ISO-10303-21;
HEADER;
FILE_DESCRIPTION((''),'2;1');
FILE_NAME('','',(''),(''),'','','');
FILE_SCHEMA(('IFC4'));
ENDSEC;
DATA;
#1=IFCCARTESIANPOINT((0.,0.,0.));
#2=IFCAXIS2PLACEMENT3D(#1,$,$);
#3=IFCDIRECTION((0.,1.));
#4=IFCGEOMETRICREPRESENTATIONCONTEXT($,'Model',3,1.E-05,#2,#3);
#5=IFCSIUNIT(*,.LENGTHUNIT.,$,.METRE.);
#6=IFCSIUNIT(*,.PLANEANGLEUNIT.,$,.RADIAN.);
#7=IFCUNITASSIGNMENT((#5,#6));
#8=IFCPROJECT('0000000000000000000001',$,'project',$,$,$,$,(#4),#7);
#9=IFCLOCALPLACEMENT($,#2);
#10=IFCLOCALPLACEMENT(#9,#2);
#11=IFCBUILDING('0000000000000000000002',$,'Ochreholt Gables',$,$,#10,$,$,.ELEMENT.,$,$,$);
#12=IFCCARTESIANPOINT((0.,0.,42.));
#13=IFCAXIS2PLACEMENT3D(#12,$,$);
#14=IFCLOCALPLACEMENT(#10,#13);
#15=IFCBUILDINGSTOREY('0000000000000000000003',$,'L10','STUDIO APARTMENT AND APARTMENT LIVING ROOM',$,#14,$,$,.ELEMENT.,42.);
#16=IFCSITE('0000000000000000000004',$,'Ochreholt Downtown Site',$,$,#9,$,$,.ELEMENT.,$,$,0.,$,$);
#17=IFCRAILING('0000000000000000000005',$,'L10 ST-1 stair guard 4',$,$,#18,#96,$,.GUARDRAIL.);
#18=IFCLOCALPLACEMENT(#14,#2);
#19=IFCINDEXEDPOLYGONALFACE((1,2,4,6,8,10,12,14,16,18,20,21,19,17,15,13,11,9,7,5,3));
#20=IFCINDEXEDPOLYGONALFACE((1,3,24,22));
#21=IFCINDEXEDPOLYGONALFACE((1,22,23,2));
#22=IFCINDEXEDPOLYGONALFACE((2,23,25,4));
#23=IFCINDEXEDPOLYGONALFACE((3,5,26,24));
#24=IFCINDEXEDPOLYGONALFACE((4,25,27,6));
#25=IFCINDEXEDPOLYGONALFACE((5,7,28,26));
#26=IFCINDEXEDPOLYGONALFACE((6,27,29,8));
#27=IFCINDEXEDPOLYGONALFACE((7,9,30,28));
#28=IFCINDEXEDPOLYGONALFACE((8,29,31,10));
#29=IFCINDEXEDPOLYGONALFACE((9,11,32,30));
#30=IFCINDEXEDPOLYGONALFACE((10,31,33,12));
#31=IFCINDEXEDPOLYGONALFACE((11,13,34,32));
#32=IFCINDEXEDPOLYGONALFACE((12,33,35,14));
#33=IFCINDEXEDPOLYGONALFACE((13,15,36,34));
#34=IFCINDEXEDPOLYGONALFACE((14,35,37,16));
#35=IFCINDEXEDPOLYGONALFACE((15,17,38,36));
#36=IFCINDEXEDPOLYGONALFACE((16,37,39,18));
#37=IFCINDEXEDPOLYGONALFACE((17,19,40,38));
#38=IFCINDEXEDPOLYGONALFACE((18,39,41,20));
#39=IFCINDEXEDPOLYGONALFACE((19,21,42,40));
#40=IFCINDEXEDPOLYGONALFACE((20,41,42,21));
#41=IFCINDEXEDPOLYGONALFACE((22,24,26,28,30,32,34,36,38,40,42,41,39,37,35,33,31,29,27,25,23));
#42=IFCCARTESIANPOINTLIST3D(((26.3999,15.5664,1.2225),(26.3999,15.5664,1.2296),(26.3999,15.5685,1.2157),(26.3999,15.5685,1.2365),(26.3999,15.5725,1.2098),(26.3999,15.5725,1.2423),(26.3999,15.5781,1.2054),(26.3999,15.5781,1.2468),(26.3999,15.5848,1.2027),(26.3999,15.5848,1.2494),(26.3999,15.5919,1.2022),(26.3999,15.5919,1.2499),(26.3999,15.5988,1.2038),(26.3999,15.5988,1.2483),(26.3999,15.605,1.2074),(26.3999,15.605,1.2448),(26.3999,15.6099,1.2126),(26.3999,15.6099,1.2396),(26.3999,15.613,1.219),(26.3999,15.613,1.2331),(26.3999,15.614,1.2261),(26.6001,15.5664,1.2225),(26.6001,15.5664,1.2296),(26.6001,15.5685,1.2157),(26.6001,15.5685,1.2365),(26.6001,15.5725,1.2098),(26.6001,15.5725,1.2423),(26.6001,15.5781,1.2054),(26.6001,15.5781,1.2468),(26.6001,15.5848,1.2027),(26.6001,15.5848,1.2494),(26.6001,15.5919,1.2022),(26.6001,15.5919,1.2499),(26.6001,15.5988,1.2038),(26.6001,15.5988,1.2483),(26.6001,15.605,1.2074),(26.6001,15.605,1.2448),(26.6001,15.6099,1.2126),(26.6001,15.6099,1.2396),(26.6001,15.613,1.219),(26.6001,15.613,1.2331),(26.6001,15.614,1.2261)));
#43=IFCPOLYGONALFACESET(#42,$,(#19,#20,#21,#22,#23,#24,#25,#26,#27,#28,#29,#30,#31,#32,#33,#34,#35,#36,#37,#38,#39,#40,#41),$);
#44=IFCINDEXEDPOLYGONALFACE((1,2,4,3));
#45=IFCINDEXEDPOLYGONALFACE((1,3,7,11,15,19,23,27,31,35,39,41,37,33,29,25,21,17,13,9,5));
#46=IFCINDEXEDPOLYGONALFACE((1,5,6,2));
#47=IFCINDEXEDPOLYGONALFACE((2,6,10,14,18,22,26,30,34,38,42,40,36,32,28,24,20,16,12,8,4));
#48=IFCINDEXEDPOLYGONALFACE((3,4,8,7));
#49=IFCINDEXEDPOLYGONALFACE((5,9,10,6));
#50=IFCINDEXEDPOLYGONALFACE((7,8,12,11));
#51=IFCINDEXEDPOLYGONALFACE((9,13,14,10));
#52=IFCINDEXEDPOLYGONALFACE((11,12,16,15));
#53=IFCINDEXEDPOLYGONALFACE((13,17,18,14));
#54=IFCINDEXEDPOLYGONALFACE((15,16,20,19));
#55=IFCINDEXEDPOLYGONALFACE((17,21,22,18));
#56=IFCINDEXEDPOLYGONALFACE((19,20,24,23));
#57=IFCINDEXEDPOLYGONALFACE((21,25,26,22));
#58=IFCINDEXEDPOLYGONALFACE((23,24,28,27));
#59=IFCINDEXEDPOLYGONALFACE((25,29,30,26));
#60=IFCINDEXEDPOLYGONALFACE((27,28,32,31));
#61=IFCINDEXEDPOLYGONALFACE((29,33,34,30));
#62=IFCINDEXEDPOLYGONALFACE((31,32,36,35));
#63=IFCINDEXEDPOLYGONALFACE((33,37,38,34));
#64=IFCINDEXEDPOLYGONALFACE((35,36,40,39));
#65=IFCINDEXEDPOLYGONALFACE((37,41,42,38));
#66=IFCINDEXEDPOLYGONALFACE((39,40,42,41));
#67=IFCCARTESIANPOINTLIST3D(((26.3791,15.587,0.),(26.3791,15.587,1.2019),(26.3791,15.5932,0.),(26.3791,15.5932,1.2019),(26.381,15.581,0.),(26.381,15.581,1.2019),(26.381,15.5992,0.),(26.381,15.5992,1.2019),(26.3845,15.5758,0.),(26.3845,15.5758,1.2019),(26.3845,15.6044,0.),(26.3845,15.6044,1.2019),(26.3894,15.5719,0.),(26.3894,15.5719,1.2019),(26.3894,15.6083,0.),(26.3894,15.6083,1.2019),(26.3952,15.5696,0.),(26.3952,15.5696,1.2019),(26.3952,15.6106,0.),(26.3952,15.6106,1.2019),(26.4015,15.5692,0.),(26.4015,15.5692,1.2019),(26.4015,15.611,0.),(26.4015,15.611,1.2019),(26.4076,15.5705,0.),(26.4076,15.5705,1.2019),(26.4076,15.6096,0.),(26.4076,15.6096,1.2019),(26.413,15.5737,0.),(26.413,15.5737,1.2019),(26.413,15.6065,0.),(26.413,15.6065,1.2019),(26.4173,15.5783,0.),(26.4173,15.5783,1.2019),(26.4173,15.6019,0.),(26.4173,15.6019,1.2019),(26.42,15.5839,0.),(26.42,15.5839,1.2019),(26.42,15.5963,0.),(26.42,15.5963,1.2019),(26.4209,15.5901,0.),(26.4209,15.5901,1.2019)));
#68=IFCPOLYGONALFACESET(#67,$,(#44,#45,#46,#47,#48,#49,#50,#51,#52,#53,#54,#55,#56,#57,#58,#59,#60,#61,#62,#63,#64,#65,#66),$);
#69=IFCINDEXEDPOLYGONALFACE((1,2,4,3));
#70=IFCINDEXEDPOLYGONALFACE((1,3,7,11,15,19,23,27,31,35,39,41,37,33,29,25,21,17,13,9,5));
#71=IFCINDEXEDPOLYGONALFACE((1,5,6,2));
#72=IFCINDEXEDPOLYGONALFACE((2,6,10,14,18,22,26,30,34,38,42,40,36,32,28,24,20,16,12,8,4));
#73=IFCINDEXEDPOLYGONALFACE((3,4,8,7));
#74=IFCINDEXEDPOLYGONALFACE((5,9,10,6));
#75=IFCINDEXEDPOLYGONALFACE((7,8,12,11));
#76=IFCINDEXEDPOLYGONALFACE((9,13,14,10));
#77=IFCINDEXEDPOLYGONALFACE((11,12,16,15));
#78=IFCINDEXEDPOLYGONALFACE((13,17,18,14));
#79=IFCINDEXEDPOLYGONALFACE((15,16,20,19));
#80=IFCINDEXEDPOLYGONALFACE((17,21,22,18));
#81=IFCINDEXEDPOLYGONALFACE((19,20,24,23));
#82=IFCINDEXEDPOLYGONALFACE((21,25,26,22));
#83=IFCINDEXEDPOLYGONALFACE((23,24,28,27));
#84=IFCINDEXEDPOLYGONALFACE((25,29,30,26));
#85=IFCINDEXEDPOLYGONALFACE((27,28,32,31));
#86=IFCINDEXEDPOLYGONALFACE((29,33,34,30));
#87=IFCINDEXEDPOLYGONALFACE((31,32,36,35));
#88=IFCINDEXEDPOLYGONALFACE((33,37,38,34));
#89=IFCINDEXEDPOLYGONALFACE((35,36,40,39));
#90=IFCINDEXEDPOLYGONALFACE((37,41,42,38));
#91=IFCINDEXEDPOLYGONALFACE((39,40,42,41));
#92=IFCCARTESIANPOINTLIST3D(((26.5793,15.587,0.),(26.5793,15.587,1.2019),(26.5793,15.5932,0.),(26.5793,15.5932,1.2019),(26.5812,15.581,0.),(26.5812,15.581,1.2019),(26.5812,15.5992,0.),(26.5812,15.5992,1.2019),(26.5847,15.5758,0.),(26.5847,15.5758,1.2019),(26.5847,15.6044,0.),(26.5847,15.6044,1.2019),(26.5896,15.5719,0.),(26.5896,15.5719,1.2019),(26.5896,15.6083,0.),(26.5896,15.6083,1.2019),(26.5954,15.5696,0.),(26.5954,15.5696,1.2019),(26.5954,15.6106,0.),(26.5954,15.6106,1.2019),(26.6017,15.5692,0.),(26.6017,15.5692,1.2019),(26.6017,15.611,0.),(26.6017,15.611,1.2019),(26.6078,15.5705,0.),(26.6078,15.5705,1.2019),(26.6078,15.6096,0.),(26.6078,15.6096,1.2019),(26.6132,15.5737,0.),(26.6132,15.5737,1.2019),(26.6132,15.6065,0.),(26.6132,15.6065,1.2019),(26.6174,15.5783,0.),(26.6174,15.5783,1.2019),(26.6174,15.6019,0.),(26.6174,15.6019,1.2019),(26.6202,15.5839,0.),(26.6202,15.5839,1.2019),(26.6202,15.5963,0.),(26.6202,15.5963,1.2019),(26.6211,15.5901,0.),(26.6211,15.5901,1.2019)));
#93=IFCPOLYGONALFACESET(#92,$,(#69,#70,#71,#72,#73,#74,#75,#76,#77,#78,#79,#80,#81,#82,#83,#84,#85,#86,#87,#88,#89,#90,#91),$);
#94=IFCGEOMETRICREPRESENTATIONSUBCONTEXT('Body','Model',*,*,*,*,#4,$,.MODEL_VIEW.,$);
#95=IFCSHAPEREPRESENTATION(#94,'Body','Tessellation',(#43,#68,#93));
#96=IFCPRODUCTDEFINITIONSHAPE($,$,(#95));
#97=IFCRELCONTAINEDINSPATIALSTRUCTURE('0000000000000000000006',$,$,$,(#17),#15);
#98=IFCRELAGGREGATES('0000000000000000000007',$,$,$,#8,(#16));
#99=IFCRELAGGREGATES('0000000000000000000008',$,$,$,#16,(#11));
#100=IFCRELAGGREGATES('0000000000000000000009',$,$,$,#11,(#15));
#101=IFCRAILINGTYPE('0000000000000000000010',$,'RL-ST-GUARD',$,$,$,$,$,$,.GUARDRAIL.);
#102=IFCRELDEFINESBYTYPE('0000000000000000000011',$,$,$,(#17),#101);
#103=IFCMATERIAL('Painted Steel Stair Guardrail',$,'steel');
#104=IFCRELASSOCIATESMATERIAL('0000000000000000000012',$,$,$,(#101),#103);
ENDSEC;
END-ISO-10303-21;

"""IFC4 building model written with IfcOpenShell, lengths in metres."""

from ifc_helpers import new_model, si_unit, direction, frame, origin, origin_2d, place, context, subcontext, project, spatial, circle, extrude, material, type_object, element, save


model = new_model("IFC4")

# Units and contexts
model_context = context("Model", 3, precision=1e-05, world=origin(), true_north=direction((0.0, 1.0)))
body_context = subcontext(model_context, "Body", "Model", "MODEL_VIEW")
ifc_project = project(units=[si_unit("LENGTHUNIT", "METRE"), si_unit("PLANEANGLEUNIT", "RADIAN")], contexts=[model_context])

# Site, building, storey
site_placement = place(None, origin())
site = spatial("IfcSite", under=ifc_project, at=site_placement, Name="Ochreholt Downtown Site", CompositionType="ELEMENT", RefElevation=0.0)
building_placement = place(site_placement, origin())
building = spatial("IfcBuilding", under=site, at=building_placement, Name="Ochreholt Gables", CompositionType="ELEMENT")
storey_placement = place(building_placement, frame((0.0, 0.0, 42.0)))
storey = spatial("IfcBuildingStorey", under=building, at=storey_placement, Name="L10", Description="STUDIO APARTMENT AND APARTMENT LIVING ROOM", CompositionType="ELEMENT", Elevation=42.0)

# Railing
ifc_material_1 = material(Name="Painted Steel Stair Guardrail", Category="steel")
railing_type_1 = type_object("IfcRailingType", Name="RL-ST-GUARD", PredefinedType="GUARDRAIL", material=ifc_material_1)
railing_1_placement = place(storey_placement, frame((26.3999, 15.5901, 0.0)))
element("IfcRailing", 1, at=railing_1_placement, inside=storey, type_object=railing_type_1, Name="L10 ST-1 stair guard 4", PredefinedType="GUARDRAIL", context=body_context, shape_type="SweptSolid", body=[
    extrude(circle(Radius=0.0239, at=origin_2d()), frame((0.0, 0.0, 1.2261), z_axis=(1.0, 0.0, 0.0), x_axis=(0.0, 1.0, 0.0)), (0.0, 0.0, 1.0), 0.2002),
    extrude(circle(Radius=0.021, at=origin_2d()), origin(), (0.0, 0.0, 1.0), 1.2019),
    extrude(circle(Radius=0.021, at=origin_2d()), frame((0.2002, 0.0, 0.0)), (0.0, 0.0, 1.0), 1.2019),
])

save(model, "model.ifc")
